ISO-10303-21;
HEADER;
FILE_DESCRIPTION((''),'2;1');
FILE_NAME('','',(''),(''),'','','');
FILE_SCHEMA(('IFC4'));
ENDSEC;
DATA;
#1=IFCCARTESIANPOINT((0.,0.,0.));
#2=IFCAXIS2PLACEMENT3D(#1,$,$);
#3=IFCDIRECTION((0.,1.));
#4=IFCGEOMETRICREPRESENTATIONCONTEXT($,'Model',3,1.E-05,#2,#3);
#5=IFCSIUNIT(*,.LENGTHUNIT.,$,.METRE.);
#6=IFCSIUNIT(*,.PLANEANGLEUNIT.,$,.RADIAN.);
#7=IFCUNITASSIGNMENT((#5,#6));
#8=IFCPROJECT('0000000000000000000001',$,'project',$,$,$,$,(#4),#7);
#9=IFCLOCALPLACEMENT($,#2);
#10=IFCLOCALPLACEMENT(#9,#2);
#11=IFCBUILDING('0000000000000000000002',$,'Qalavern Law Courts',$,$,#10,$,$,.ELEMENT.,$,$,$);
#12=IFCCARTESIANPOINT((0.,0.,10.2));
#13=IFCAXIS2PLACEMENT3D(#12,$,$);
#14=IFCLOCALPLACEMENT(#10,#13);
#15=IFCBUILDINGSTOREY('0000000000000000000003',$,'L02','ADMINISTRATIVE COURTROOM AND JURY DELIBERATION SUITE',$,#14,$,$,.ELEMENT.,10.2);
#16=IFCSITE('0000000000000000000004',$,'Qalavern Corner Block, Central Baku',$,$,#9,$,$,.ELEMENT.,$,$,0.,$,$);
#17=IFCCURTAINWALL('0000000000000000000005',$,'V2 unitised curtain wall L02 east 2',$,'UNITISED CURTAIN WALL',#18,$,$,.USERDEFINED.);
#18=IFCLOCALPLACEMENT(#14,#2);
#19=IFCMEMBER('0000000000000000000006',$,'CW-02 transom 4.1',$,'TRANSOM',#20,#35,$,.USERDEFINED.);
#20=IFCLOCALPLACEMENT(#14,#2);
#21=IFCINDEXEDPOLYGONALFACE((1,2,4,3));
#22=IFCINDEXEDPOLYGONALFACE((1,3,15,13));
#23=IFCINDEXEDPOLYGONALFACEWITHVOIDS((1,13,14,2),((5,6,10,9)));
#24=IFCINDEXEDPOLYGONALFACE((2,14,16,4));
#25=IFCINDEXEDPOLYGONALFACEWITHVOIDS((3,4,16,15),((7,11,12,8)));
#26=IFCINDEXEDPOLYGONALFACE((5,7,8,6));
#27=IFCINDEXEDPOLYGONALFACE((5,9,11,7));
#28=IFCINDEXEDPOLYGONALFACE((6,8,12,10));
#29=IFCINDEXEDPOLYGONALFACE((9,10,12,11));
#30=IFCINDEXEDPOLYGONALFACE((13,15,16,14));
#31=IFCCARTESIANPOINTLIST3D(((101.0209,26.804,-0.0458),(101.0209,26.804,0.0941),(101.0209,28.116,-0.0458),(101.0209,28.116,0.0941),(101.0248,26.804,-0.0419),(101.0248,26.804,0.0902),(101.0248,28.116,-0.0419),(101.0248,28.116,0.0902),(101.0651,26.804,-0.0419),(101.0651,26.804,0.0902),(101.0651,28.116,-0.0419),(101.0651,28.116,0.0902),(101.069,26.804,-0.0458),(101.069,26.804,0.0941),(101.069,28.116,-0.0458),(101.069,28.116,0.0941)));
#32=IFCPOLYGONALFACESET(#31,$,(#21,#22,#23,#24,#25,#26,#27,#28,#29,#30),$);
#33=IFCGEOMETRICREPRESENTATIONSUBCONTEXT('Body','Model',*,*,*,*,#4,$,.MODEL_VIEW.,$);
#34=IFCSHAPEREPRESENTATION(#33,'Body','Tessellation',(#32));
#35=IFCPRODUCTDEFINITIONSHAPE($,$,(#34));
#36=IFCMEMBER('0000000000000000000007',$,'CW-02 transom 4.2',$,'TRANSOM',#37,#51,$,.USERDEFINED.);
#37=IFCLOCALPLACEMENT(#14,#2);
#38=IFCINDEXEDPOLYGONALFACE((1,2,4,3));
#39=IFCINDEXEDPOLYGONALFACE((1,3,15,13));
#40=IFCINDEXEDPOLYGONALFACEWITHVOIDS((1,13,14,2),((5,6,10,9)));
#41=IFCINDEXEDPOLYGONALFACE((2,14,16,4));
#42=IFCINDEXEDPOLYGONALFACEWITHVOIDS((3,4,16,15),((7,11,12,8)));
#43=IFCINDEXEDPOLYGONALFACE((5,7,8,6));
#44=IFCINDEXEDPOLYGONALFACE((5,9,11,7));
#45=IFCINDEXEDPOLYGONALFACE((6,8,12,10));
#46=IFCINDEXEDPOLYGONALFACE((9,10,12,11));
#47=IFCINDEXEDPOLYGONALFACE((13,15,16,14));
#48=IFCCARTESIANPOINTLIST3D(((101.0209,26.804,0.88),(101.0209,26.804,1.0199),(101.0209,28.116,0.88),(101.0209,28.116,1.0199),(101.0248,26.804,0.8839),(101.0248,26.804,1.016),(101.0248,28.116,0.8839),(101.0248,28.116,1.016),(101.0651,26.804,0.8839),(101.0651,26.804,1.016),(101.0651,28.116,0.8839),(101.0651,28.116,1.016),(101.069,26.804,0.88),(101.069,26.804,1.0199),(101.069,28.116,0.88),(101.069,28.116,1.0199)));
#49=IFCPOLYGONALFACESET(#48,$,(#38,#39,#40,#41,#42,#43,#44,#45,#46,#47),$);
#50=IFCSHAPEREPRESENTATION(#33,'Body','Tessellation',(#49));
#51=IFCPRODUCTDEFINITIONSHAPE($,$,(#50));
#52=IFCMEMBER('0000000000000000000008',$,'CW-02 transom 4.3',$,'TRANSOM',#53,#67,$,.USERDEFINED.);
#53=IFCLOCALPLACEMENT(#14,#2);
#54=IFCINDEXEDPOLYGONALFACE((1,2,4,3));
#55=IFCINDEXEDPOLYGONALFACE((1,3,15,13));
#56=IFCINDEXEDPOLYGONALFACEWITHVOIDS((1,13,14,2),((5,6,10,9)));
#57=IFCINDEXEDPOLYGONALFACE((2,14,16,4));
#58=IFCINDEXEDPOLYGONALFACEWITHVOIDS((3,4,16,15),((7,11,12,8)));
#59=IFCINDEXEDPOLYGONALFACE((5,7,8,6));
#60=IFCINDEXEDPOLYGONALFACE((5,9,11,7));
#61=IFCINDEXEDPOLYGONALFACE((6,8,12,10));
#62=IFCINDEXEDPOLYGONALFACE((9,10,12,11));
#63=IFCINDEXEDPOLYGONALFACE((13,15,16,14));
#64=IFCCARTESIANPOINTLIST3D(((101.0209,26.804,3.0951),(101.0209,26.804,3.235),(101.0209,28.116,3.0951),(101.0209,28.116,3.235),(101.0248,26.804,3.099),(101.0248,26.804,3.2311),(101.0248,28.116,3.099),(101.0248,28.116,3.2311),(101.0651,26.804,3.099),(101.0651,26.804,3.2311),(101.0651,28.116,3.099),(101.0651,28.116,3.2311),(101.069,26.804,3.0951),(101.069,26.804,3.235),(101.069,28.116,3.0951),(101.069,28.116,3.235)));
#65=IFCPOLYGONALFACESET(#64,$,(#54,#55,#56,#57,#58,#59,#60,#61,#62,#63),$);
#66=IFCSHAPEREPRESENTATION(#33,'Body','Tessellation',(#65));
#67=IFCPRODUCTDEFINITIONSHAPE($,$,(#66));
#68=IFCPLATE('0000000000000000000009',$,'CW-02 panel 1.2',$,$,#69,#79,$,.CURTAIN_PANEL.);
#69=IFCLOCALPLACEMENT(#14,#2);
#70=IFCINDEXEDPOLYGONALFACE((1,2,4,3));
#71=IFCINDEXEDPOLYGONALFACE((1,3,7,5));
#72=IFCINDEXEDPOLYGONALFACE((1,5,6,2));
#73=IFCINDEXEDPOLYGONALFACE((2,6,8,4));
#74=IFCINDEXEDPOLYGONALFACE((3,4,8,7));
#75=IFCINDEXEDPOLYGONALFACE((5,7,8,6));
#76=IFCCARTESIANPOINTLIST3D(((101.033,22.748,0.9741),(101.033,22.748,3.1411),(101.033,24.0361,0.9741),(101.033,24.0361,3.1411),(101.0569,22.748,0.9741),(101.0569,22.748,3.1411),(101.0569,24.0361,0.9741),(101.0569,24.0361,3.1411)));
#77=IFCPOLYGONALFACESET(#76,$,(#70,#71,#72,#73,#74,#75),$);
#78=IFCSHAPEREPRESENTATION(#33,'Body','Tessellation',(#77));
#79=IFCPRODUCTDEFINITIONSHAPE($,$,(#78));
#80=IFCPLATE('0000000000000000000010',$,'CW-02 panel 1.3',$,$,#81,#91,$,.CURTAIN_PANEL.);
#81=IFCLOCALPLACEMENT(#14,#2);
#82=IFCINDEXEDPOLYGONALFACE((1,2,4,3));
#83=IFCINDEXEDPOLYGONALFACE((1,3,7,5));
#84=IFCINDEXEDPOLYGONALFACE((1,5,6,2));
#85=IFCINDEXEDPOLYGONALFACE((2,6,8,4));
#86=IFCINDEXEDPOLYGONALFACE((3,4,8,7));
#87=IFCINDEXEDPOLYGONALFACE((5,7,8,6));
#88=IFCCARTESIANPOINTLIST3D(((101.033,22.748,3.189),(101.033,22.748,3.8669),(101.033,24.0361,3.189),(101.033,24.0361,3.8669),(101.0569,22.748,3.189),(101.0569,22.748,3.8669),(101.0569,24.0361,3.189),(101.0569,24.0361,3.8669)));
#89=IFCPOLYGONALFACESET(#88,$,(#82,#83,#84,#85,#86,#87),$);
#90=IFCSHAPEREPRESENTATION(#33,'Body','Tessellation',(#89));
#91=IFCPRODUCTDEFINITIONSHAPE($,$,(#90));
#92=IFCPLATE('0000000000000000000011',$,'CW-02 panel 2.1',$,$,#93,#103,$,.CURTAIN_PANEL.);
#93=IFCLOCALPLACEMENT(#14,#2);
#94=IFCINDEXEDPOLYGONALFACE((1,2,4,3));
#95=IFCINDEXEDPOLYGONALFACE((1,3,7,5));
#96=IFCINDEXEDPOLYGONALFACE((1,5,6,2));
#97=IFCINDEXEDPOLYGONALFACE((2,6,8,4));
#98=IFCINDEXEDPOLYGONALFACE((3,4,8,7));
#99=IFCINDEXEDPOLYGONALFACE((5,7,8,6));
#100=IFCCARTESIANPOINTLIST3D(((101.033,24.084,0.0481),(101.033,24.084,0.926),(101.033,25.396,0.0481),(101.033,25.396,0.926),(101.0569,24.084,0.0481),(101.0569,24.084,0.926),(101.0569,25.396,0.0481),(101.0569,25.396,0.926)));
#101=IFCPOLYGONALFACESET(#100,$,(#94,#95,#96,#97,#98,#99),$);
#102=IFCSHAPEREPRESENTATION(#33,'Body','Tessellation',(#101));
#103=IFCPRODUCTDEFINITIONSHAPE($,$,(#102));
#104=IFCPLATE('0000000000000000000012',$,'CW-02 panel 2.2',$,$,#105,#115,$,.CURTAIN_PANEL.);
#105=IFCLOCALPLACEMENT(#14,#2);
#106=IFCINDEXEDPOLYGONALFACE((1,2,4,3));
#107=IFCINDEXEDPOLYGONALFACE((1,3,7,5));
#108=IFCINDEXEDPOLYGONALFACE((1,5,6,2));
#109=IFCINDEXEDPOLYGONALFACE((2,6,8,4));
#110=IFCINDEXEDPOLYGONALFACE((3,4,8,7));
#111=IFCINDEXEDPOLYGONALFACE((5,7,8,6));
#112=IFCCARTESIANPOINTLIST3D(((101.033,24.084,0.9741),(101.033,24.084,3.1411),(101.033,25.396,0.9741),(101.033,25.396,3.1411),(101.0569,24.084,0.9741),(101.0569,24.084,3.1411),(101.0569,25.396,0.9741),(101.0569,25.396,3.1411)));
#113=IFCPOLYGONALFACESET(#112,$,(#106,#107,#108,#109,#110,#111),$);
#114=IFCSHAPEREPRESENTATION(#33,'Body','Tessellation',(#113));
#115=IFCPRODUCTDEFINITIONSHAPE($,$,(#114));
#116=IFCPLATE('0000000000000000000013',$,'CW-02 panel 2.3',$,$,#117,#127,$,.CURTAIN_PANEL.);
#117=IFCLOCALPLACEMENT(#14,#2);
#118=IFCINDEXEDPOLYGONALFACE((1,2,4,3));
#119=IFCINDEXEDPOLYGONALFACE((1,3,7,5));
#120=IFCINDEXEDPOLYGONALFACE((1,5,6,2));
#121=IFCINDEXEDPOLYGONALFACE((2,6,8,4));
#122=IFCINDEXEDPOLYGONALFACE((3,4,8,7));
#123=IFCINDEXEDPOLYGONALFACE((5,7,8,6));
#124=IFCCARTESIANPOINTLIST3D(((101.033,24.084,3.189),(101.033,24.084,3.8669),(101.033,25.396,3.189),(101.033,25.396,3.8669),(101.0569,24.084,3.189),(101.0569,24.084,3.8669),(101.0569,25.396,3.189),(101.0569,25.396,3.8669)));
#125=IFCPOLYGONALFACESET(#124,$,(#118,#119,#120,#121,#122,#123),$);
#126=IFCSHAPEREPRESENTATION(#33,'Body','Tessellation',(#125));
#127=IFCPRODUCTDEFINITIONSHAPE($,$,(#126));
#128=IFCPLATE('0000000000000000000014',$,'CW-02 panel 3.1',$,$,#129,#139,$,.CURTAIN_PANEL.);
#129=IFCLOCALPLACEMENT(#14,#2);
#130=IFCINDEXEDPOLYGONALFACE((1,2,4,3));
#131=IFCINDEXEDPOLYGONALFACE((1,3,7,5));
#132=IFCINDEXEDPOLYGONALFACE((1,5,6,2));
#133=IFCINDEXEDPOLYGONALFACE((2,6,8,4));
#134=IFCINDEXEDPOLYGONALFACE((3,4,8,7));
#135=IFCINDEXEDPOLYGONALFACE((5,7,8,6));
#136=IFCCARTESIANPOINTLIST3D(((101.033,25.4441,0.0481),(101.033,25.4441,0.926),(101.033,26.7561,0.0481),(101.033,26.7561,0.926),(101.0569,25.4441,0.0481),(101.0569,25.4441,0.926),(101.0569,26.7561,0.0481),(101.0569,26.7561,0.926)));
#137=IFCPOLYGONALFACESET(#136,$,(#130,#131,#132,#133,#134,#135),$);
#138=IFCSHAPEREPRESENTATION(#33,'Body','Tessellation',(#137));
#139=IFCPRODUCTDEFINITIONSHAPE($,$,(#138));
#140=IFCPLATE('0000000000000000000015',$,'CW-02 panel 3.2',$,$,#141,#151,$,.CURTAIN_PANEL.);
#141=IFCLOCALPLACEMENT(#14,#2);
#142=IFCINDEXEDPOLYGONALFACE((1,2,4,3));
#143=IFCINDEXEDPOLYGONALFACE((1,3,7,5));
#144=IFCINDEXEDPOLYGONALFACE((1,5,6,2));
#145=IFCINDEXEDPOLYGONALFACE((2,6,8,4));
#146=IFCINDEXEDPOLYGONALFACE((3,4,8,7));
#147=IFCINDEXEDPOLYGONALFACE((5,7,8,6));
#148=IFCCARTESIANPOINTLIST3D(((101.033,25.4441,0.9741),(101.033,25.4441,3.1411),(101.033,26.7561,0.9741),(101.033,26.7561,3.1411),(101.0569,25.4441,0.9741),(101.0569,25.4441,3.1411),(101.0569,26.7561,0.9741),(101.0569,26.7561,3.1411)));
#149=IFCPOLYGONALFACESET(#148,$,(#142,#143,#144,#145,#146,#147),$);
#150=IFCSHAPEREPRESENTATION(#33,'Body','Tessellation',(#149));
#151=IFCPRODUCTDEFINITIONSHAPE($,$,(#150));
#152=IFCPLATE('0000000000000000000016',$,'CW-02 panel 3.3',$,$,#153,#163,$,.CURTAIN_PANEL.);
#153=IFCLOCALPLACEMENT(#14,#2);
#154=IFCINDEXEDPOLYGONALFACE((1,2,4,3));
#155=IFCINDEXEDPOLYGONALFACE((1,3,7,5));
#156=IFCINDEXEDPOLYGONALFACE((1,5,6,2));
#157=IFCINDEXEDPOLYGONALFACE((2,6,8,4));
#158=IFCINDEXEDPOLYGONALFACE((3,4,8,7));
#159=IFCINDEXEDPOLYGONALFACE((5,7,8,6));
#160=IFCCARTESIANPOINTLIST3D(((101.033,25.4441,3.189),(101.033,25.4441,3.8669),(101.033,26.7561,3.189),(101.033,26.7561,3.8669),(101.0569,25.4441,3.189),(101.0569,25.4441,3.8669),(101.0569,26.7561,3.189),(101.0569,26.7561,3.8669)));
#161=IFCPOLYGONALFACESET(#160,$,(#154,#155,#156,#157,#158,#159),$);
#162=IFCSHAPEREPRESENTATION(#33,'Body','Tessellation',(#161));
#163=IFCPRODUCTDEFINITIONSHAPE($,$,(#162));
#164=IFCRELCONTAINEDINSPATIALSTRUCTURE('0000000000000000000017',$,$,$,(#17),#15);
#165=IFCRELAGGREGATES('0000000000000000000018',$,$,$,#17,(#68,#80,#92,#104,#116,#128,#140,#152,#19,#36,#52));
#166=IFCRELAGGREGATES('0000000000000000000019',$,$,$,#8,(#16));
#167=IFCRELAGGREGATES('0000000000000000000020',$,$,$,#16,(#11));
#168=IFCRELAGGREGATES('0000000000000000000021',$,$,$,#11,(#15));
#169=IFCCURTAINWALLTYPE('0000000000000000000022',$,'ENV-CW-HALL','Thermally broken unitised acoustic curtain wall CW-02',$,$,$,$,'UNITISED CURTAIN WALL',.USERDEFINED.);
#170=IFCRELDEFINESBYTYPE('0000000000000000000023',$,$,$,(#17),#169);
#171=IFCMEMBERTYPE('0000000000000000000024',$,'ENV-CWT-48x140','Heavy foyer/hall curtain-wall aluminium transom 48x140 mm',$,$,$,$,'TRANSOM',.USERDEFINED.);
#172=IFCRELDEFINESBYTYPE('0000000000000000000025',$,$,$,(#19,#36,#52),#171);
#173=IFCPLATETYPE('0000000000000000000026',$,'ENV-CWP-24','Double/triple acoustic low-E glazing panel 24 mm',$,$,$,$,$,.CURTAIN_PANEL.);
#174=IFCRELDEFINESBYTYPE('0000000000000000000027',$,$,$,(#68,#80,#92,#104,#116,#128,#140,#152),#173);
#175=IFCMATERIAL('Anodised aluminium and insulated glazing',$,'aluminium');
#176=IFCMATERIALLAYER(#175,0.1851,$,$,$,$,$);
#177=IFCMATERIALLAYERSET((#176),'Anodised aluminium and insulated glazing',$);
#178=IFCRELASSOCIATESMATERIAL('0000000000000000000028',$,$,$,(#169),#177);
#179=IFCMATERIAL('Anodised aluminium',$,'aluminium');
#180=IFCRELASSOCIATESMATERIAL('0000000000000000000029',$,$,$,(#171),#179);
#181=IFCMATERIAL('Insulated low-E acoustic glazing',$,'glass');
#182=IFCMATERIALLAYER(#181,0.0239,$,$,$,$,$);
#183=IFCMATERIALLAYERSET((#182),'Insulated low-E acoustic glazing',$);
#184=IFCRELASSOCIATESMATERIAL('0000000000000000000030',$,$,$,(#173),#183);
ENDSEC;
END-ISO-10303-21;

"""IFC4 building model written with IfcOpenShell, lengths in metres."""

from ifc_helpers import new_model, si_unit, direction, frame, origin, origin_2d, place, context, subcontext, project, spatial, rectangle, hollow_rectangle, extrude, material, layer, layer_set, material_profile, profile_set, type_object, element, aggregate, save


model = new_model("IFC4")

# Units and contexts
model_context = context("Model", 3, precision=1e-05, world=origin(), true_north=direction((0.0, 1.0)))
body_context = subcontext(model_context, "Body", "Model", "MODEL_VIEW")
ifc_project = project(units=[si_unit("LENGTHUNIT", "METRE"), si_unit("PLANEANGLEUNIT", "RADIAN")], contexts=[model_context])

# Site, building, storey
site_placement = place(None, origin())
site = spatial("IfcSite", under=ifc_project, at=site_placement, Name="Qalavern Corner Block, Central Baku", CompositionType="ELEMENT", RefElevation=0.0)
building_placement = place(site_placement, origin())
building = spatial("IfcBuilding", under=site, at=building_placement, Name="Qalavern Law Courts", CompositionType="ELEMENT")
storey_placement = place(building_placement, frame((0.0, 0.0, 10.2)))
storey = spatial("IfcBuildingStorey", under=building, at=storey_placement, Name="L02", Description="ADMINISTRATIVE COURTROOM AND JURY DELIBERATION SUITE", CompositionType="ELEMENT", Elevation=10.2)

# Curtain wall, members, plates
ifc_material_1 = material(Name="Anodised aluminium and insulated glazing", Category="aluminium")
ifc_layer_1 = layer(ifc_material_1, 0.1851)
ifc_layer_set_1 = layer_set([ifc_layer_1], Name="Anodised aluminium and insulated glazing")
curtain_wall_type = type_object("IfcCurtainWallType", Name="ENV-CW-HALL", Description="Thermally broken unitised acoustic curtain wall CW-02", ElementType="UNITISED CURTAIN WALL", PredefinedType="USERDEFINED", material=ifc_layer_set_1)
curtain_wall_placement = place(storey_placement, origin())
curtain_wall = element("IfcCurtainWall", 1, at=curtain_wall_placement, inside=storey, type_object=curtain_wall_type, Name="V2 unitised curtain wall L02 east 2", ObjectType="UNITISED CURTAIN WALL", PredefinedType="USERDEFINED")
ifc_material_2 = material(Name="Anodised aluminium", Category="aluminium")
ifc_material_profile_1 = material_profile(ifc_material_2, hollow_rectangle(XDim=0.0481, YDim=0.1399, WallThickness=0.0039, at=origin_2d()), Name="ALU TRANSOM 48x140")
ifc_profile_set_1 = profile_set([ifc_material_profile_1], Name="Anodised aluminium")
member_type_1 = type_object("IfcMemberType", Name="ENV-CWT-48x140", Description="Heavy foyer/hall curtain-wall aluminium transom 48x140 mm", ElementType="TRANSOM", PredefinedType="USERDEFINED", material=ifc_profile_set_1)
member_1_placement = place(storey_placement, frame((101.0449, 26.804, 0.0242), z_axis=(0.0, 1.0, 0.0), x_axis=(-1.0, 0.0, 0.0)))
member_1 = element("IfcMember", 2, at=member_1_placement, type_object=member_type_1, Name="CW-02 transom 4.1", ObjectType="TRANSOM", PredefinedType="USERDEFINED", context=body_context, shape_type="SweptSolid", body=[
    extrude(hollow_rectangle(XDim=0.0481, YDim=0.1399, WallThickness=0.0039, at=origin_2d()), origin(), (0.0, 0.0, 1.0), 1.312),
])
member_2_placement = place(storey_placement, frame((101.0449, 26.804, 0.95), z_axis=(0.0, 1.0, 0.0), x_axis=(-1.0, 0.0, 0.0)))
member_2 = element("IfcMember", 3, at=member_2_placement, type_object=member_type_1, Name="CW-02 transom 4.2", ObjectType="TRANSOM", PredefinedType="USERDEFINED", context=body_context, shape_type="SweptSolid", body=[
    extrude(hollow_rectangle(XDim=0.0481, YDim=0.1399, WallThickness=0.0039, at=origin_2d()), origin(), (0.0, 0.0, 1.0), 1.312),
])
member_3_placement = place(storey_placement, frame((101.0449, 26.804, 3.165), z_axis=(0.0, 1.0, 0.0), x_axis=(-1.0, 0.0, 0.0)))
member_3 = element("IfcMember", 4, at=member_3_placement, type_object=member_type_1, Name="CW-02 transom 4.3", ObjectType="TRANSOM", PredefinedType="USERDEFINED", context=body_context, shape_type="SweptSolid", body=[
    extrude(hollow_rectangle(XDim=0.0481, YDim=0.1399, WallThickness=0.0039, at=origin_2d()), origin(), (0.0, 0.0, 1.0), 1.312),
])
ifc_material_3 = material(Name="Insulated low-E acoustic glazing", Category="glass")
ifc_layer_2 = layer(ifc_material_3, 0.0239)
ifc_layer_set_2 = layer_set([ifc_layer_2], Name="Insulated low-E acoustic glazing")
plate_type = type_object("IfcPlateType", Name="ENV-CWP-24", Description="Double/triple acoustic low-E glazing panel 24 mm", PredefinedType="CURTAIN_PANEL", material=ifc_layer_set_2)
plate_1_placement = place(storey_placement, frame((101.0449, 23.3921, 0.9741), z_axis=(0.0, 0.0, 1.0), x_axis=(0.0, 1.0, 0.0)))
plate_1 = element("IfcPlate", 5, at=plate_1_placement, type_object=plate_type, Name="CW-02 panel 1.2", PredefinedType="CURTAIN_PANEL", context=body_context, shape_type="SweptSolid", body=[
    extrude(rectangle(XDim=1.2881, YDim=0.0239, at=origin_2d()), origin(), (0.0, 0.0, 1.0), 2.167),
])
plate_2_placement = place(storey_placement, frame((101.0449, 23.3921, 3.189), z_axis=(0.0, 0.0, 1.0), x_axis=(0.0, 1.0, 0.0)))
plate_2 = element("IfcPlate", 6, at=plate_2_placement, type_object=plate_type, Name="CW-02 panel 1.3", PredefinedType="CURTAIN_PANEL", context=body_context, shape_type="SweptSolid", body=[
    extrude(rectangle(XDim=1.2881, YDim=0.0239, at=origin_2d()), origin(), (0.0, 0.0, 1.0), 0.678),
])
plate_3_placement = place(storey_placement, frame((101.0449, 24.74, 0.0481), z_axis=(0.0, 0.0, 1.0), x_axis=(0.0, 1.0, 0.0)))
plate_3 = element("IfcPlate", 7, at=plate_3_placement, type_object=plate_type, Name="CW-02 panel 2.1", PredefinedType="CURTAIN_PANEL", context=body_context, shape_type="SweptSolid", body=[
    extrude(rectangle(XDim=1.312, YDim=0.0239, at=origin_2d()), origin(), (0.0, 0.0, 1.0), 0.8779),
])
plate_4_placement = place(storey_placement, frame((101.0449, 24.74, 0.9741), z_axis=(0.0, 0.0, 1.0), x_axis=(0.0, 1.0, 0.0)))
plate_4 = element("IfcPlate", 8, at=plate_4_placement, type_object=plate_type, Name="CW-02 panel 2.2", PredefinedType="CURTAIN_PANEL", context=body_context, shape_type="SweptSolid", body=[
    extrude(rectangle(XDim=1.312, YDim=0.0239, at=origin_2d()), origin(), (0.0, 0.0, 1.0), 2.167),
])
plate_5_placement = place(storey_placement, frame((101.0449, 24.74, 3.189), z_axis=(0.0, 0.0, 1.0), x_axis=(0.0, 1.0, 0.0)))
plate_5 = element("IfcPlate", 9, at=plate_5_placement, type_object=plate_type, Name="CW-02 panel 2.3", PredefinedType="CURTAIN_PANEL", context=body_context, shape_type="SweptSolid", body=[
    extrude(rectangle(XDim=1.312, YDim=0.0239, at=origin_2d()), origin(), (0.0, 0.0, 1.0), 0.678),
])
plate_6_placement = place(storey_placement, frame((101.0449, 26.1001, 0.0481), z_axis=(0.0, 0.0, 1.0), x_axis=(0.0, 1.0, 0.0)))
plate_6 = element("IfcPlate", 10, at=plate_6_placement, type_object=plate_type, Name="CW-02 panel 3.1", PredefinedType="CURTAIN_PANEL", context=body_context, shape_type="SweptSolid", body=[
    extrude(rectangle(XDim=1.312, YDim=0.0239, at=origin_2d()), origin(), (0.0, 0.0, 1.0), 0.8779),
])
plate_7_placement = place(storey_placement, frame((101.0449, 26.1001, 0.9741), z_axis=(0.0, 0.0, 1.0), x_axis=(0.0, 1.0, 0.0)))
plate_7 = element("IfcPlate", 11, at=plate_7_placement, type_object=plate_type, Name="CW-02 panel 3.2", PredefinedType="CURTAIN_PANEL", context=body_context, shape_type="SweptSolid", body=[
    extrude(rectangle(XDim=1.312, YDim=0.0239, at=origin_2d()), origin(), (0.0, 0.0, 1.0), 2.167),
])
plate_8_placement = place(storey_placement, frame((101.0449, 26.1001, 3.189), z_axis=(0.0, 0.0, 1.0), x_axis=(0.0, 1.0, 0.0)))
plate_8 = element("IfcPlate", 12, at=plate_8_placement, type_object=plate_type, Name="CW-02 panel 3.3", PredefinedType="CURTAIN_PANEL", context=body_context, shape_type="SweptSolid", body=[
    extrude(rectangle(XDim=1.312, YDim=0.0239, at=origin_2d()), origin(), (0.0, 0.0, 1.0), 0.678),
])
aggregate(curtain_wall, [plate_1, plate_2, plate_3, plate_4, plate_5, plate_6, plate_7, plate_8, member_1, member_2, member_3])

save(model, "model.ifc")
